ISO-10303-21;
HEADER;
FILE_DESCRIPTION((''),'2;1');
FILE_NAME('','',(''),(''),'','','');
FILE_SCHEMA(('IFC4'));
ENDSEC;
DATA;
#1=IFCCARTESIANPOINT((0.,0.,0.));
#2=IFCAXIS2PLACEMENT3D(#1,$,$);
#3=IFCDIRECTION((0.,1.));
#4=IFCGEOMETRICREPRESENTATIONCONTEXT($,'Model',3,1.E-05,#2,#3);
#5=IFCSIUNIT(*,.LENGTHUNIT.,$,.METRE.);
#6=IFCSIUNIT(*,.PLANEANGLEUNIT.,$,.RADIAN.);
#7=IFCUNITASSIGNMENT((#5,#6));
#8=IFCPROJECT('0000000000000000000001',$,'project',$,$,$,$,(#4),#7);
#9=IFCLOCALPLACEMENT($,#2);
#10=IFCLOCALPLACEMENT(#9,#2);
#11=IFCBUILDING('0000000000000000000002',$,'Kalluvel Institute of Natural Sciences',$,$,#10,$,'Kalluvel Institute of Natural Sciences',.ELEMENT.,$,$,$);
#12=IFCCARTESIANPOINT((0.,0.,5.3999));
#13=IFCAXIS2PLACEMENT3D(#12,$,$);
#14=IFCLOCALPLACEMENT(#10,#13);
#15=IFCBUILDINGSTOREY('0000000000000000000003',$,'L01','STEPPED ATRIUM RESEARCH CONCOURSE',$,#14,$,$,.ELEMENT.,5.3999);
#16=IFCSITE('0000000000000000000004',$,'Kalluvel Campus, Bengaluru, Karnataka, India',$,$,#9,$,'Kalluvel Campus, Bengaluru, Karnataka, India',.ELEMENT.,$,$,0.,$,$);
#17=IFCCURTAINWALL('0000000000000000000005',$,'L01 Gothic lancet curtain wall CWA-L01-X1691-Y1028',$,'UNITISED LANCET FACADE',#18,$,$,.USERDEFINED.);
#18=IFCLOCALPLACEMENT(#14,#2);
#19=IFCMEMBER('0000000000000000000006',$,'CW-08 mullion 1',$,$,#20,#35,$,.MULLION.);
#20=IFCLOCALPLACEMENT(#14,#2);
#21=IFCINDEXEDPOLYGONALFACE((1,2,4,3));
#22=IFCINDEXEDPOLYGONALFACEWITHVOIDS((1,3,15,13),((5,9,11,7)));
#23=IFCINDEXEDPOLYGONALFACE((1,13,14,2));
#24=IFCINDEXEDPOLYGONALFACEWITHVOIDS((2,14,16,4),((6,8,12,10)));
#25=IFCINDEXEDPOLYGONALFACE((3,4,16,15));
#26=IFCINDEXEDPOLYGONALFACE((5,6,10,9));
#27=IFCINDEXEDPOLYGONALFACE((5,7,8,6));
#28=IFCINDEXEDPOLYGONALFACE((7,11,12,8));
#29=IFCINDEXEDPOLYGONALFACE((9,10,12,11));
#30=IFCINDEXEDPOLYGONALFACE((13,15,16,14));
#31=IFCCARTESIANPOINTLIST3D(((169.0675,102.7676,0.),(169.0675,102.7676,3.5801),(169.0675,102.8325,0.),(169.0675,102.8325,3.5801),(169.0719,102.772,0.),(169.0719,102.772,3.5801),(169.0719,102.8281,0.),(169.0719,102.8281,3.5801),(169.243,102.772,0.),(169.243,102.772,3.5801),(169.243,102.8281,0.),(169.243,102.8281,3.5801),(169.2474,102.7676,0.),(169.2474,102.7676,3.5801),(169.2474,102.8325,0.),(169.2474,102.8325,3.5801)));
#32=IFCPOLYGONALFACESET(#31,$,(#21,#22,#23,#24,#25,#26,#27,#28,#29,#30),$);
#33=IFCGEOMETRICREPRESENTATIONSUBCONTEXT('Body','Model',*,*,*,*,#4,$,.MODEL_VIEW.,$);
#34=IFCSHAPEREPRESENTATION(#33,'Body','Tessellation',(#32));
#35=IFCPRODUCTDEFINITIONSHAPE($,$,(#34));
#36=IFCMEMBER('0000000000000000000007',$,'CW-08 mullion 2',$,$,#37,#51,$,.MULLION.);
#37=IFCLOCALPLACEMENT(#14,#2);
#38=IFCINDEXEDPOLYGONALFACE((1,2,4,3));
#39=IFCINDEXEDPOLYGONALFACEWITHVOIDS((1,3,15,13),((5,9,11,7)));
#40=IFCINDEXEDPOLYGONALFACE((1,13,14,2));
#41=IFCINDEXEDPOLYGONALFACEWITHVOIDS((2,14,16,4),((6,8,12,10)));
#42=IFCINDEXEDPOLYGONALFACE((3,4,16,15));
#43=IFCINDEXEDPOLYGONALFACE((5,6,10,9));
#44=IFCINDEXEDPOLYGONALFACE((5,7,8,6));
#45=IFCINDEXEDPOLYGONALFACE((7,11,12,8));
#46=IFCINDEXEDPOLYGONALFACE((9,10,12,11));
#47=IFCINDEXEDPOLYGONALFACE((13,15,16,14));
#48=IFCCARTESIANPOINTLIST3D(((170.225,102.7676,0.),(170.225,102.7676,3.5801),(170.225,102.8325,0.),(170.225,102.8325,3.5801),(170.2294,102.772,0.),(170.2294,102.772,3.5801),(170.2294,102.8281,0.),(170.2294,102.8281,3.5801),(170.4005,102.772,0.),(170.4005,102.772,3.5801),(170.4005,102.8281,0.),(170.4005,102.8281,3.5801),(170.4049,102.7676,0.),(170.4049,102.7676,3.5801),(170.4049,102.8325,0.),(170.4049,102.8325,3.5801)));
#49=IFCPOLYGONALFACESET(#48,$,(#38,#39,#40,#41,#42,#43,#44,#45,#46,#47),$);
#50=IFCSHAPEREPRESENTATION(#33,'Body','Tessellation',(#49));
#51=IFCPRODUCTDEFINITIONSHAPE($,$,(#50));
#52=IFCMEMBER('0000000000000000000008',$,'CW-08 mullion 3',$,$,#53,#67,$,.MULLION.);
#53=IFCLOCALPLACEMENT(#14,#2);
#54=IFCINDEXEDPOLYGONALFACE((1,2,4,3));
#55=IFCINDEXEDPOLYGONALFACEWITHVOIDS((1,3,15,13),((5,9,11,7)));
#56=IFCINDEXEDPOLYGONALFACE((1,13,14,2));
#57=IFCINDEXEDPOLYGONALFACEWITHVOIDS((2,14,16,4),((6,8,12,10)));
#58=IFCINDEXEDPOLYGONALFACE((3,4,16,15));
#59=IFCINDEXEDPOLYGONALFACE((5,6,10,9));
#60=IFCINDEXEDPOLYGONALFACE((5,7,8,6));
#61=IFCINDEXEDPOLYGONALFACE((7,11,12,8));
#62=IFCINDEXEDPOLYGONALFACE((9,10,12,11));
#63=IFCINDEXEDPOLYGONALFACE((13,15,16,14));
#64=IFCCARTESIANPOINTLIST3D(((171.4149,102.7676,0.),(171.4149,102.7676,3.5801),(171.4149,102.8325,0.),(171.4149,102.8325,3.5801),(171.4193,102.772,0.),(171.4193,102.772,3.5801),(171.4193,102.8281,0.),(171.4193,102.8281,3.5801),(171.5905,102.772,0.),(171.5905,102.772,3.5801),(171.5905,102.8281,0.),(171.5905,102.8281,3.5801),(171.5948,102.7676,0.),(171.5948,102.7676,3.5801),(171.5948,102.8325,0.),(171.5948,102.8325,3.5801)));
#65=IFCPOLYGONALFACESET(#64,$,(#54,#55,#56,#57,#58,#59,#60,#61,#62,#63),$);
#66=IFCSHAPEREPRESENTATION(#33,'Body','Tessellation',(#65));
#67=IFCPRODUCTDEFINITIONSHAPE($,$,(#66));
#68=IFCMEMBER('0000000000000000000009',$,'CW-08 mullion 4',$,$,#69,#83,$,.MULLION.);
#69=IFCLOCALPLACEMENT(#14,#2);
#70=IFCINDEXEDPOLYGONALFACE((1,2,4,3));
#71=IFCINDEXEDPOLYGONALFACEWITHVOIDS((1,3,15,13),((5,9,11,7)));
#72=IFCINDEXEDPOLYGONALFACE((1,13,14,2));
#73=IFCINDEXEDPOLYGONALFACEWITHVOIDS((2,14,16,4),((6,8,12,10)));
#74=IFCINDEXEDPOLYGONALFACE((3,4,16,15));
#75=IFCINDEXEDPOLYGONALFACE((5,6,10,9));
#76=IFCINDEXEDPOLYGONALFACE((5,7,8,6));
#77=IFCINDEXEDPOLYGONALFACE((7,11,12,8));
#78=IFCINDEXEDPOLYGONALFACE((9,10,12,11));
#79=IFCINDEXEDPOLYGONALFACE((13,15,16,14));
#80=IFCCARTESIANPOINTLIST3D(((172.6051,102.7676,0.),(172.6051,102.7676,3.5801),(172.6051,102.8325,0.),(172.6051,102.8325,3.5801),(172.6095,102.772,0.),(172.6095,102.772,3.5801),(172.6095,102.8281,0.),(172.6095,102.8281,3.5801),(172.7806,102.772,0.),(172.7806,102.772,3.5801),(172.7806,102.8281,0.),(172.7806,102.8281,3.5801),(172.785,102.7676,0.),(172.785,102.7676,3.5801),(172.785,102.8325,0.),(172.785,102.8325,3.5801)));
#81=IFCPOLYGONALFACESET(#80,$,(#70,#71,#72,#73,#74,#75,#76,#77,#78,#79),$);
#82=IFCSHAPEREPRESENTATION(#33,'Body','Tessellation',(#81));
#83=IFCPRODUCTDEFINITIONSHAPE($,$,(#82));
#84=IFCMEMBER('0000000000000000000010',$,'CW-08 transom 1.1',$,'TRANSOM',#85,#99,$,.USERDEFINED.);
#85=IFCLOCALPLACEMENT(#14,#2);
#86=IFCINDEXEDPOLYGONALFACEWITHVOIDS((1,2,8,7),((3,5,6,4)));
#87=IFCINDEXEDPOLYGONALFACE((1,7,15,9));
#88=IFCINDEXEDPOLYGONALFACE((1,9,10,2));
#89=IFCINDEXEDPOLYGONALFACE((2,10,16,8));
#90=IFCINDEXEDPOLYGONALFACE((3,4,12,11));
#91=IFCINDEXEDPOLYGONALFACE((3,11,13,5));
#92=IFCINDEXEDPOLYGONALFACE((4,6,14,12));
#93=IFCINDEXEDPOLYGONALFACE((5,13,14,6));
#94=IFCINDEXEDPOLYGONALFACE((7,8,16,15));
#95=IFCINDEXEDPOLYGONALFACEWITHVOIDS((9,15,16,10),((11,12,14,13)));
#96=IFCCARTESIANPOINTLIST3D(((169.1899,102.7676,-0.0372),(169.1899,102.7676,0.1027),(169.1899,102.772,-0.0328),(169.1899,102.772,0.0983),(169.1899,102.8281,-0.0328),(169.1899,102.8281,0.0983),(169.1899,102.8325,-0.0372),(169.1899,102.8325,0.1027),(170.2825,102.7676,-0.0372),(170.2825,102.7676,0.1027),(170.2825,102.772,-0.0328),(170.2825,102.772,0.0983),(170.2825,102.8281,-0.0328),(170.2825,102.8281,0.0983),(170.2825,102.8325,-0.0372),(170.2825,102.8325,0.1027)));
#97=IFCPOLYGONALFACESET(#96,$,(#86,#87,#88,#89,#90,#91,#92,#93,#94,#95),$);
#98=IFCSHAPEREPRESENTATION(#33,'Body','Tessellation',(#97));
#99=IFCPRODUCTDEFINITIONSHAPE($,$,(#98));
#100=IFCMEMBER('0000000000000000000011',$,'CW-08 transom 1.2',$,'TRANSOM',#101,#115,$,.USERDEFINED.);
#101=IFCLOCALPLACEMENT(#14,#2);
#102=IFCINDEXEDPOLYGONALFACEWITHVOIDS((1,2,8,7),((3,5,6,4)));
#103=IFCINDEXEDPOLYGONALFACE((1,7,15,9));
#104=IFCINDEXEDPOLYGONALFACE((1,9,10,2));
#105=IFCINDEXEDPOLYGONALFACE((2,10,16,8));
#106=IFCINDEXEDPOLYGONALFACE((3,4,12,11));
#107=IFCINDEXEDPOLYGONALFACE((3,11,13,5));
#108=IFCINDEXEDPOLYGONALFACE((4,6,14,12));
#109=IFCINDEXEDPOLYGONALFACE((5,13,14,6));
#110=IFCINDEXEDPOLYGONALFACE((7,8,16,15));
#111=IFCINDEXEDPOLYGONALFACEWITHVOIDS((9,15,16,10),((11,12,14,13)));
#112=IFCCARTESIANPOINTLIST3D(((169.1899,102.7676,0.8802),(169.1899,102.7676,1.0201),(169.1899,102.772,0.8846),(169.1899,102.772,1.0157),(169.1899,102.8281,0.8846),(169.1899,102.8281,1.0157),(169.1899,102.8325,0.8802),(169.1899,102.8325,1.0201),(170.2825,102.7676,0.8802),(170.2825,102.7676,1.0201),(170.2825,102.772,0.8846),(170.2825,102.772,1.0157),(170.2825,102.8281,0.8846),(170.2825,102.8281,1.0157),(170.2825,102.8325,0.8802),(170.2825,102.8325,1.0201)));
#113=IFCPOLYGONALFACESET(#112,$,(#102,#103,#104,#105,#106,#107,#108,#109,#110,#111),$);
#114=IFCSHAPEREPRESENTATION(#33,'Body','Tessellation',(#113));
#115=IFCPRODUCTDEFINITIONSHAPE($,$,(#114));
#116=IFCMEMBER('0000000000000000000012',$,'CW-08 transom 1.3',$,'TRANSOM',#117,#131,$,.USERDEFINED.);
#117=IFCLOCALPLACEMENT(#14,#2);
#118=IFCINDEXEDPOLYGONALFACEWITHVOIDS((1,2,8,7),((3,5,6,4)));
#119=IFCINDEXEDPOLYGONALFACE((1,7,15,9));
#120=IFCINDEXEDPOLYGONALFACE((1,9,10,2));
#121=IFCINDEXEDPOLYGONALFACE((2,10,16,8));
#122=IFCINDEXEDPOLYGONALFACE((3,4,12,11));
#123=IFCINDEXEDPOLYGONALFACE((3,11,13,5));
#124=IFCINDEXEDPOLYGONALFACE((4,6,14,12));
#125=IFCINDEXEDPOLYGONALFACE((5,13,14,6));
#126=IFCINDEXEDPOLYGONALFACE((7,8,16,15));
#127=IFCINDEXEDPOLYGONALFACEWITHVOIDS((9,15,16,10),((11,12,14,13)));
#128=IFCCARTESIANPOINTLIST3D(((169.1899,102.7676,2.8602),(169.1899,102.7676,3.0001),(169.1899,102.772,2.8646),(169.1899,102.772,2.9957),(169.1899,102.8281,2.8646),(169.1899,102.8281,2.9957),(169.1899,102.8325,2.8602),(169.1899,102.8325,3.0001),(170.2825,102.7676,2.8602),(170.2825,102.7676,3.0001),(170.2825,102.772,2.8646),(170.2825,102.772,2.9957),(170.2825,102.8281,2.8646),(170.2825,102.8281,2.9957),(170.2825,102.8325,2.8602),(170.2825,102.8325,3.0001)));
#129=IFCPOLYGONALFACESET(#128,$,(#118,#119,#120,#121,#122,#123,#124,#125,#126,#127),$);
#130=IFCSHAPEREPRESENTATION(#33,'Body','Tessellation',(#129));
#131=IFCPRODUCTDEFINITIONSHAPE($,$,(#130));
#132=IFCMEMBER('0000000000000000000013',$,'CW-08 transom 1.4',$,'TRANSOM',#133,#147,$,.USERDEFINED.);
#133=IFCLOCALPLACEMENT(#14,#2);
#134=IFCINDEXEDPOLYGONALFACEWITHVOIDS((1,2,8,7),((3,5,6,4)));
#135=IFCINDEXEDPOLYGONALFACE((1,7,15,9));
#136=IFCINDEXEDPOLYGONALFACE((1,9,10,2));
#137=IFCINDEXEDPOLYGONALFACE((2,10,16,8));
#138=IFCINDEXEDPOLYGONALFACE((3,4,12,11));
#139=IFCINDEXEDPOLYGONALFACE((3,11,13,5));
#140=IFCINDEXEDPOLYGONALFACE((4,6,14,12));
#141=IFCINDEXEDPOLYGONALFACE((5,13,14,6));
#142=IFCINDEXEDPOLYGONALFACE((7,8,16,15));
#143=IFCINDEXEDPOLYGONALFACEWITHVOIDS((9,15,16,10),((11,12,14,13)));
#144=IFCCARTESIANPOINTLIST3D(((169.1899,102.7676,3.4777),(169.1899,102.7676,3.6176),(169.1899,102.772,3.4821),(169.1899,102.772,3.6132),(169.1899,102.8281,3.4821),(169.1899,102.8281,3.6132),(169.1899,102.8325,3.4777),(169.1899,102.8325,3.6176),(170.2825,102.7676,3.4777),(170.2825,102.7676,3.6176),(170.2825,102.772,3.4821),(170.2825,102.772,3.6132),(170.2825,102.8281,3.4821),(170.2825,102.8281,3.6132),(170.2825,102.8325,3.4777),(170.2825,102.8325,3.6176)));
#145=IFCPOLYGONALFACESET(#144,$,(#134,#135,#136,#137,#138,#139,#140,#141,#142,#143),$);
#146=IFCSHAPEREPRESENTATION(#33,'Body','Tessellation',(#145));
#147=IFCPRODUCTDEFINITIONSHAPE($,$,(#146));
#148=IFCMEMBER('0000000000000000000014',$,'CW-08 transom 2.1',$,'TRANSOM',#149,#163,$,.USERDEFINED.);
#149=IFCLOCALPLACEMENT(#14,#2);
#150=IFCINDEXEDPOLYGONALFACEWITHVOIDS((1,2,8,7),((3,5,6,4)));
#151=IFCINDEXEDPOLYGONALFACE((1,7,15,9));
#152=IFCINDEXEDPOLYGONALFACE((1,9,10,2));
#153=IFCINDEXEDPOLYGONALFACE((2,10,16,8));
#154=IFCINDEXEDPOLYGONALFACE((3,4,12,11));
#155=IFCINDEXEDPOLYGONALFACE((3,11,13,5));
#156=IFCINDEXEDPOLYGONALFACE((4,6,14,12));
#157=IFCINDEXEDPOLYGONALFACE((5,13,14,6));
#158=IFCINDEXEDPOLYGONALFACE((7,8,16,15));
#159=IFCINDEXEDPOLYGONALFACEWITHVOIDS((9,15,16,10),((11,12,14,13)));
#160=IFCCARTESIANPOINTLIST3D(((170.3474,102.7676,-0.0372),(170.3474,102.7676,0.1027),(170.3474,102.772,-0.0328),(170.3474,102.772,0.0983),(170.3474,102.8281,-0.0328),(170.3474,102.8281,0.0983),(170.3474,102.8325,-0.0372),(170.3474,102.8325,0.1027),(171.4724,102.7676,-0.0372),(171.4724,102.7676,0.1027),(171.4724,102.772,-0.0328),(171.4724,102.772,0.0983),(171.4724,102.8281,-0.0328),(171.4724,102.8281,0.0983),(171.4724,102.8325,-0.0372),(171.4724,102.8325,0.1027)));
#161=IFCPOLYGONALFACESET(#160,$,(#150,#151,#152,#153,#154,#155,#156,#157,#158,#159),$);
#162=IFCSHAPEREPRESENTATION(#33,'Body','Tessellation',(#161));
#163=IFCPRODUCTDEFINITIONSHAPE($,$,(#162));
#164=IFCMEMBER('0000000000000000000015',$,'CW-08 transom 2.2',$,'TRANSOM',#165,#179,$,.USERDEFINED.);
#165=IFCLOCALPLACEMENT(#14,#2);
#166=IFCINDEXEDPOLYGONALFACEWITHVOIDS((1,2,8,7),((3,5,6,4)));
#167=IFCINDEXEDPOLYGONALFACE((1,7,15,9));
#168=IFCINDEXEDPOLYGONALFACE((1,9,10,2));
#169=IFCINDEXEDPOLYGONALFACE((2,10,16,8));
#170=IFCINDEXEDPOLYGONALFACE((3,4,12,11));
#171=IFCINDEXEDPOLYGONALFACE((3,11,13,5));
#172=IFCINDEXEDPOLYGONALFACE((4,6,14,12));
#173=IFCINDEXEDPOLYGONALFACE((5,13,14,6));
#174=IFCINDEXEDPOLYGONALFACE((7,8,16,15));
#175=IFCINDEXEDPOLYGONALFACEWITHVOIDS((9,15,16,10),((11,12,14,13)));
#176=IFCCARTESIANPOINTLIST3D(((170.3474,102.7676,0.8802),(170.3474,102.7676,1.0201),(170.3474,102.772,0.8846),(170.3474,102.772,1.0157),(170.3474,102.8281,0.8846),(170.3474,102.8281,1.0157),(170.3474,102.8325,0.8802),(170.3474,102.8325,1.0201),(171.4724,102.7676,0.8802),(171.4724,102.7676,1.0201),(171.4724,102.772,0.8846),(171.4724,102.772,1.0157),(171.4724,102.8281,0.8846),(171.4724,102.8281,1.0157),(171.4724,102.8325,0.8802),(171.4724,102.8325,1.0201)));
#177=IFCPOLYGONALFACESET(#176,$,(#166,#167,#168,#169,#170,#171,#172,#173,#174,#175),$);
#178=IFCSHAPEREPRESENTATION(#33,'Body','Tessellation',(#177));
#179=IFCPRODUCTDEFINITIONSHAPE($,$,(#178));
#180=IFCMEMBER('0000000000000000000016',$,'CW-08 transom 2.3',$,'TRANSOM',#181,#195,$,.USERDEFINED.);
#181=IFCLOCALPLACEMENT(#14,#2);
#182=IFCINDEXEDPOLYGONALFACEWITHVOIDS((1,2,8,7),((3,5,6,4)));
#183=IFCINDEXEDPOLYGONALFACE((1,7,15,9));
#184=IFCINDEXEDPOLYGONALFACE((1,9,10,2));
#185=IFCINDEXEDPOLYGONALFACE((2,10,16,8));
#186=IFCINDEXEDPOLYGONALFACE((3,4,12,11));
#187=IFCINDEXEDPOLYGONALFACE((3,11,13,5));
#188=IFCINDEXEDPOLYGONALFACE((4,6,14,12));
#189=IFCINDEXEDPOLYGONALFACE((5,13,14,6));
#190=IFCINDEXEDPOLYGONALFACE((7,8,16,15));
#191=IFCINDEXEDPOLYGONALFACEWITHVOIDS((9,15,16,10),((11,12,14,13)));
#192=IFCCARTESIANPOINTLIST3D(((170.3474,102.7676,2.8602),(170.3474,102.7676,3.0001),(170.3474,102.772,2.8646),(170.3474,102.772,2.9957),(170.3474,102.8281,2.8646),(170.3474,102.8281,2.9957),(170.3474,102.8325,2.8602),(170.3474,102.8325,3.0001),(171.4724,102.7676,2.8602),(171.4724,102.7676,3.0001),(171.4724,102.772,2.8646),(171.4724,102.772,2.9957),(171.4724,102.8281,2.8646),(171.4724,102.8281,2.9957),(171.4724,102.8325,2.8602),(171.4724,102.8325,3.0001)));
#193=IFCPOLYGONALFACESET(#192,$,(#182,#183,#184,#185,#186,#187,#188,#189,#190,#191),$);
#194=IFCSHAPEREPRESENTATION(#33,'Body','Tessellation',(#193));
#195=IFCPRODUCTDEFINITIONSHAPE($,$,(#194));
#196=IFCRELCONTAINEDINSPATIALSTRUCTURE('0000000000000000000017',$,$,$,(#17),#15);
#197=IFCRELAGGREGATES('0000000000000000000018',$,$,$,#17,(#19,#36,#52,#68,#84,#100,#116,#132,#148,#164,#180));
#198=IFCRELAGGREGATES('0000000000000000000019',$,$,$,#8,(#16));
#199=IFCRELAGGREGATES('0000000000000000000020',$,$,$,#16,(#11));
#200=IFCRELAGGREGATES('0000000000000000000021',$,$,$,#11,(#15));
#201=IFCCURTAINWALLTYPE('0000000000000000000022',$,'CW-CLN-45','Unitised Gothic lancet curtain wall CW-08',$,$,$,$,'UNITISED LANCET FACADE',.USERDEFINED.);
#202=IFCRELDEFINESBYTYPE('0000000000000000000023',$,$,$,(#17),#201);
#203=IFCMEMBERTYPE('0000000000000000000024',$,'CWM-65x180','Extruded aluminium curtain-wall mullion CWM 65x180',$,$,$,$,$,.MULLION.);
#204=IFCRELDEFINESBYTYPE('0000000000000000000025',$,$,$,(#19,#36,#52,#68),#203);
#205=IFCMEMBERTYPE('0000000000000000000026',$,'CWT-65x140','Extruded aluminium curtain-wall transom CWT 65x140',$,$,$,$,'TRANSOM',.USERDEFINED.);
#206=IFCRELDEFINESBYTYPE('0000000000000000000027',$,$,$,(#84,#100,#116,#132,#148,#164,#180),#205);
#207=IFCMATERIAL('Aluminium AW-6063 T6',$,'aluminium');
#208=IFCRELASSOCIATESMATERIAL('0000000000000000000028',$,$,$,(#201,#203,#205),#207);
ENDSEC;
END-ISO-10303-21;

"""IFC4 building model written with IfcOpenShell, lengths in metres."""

from ifc_helpers import new_model, si_unit, direction, frame, origin, origin_2d, place, context, subcontext, project, spatial, hollow_rectangle, extrude, material, material_profile, profile_set, type_object, element, aggregate, save


model = new_model("IFC4")

# Units and contexts
model_context = context("Model", 3, precision=1e-05, world=origin(), true_north=direction((0.0, 1.0)))
body_context = subcontext(model_context, "Body", "Model", "MODEL_VIEW")
ifc_project = project(units=[si_unit("LENGTHUNIT", "METRE"), si_unit("PLANEANGLEUNIT", "RADIAN")], contexts=[model_context])

# Site, building, storey
site_placement = place(None, origin())
site = spatial("IfcSite", under=ifc_project, at=site_placement, Name="Kalluvel Campus, Bengaluru, Karnataka, India", LongName="Kalluvel Campus, Bengaluru, Karnataka, India", CompositionType="ELEMENT", RefElevation=0.0)
building_placement = place(site_placement, origin())
building = spatial("IfcBuilding", under=site, at=building_placement, Name="Kalluvel Institute of Natural Sciences", LongName="Kalluvel Institute of Natural Sciences", CompositionType="ELEMENT")
storey_placement = place(building_placement, frame((0.0, 0.0, 5.3999)))
storey = spatial("IfcBuildingStorey", under=building, at=storey_placement, Name="L01", Description="STEPPED ATRIUM RESEARCH CONCOURSE", CompositionType="ELEMENT", Elevation=5.3999)

# Curtain wall, members
ifc_material_1 = material(Name="Aluminium AW-6063 T6", Category="aluminium")
curtain_wall_type = type_object("IfcCurtainWallType", Name="CW-CLN-45", Description="Unitised Gothic lancet curtain wall CW-08", ElementType="UNITISED LANCET FACADE", PredefinedType="USERDEFINED", material=ifc_material_1)
curtain_wall_placement = place(storey_placement, origin())
curtain_wall = element("IfcCurtainWall", 1, at=curtain_wall_placement, inside=storey, type_object=curtain_wall_type, Name="L01 Gothic lancet curtain wall CWA-L01-X1691-Y1028", ObjectType="UNITISED LANCET FACADE", PredefinedType="USERDEFINED")
ifc_material_profile_1 = material_profile(ifc_material_1, hollow_rectangle(XDim=0.0649, YDim=0.1799, WallThickness=0.0044, at=origin_2d()), Name="CWM 65x180")
ifc_profile_set_1 = profile_set([ifc_material_profile_1], Name="Aluminium AW-6063 T6")
member_type_1 = type_object("IfcMemberType", Name="CWM-65x180", Description="Extruded aluminium curtain-wall mullion CWM 65x180", PredefinedType="MULLION", material=ifc_profile_set_1)
member_1_placement = place(storey_placement, frame((169.1575, 102.8, 0.0), z_axis=(0.0, 0.0, 1.0), x_axis=(0.0, 1.0, 0.0)))
member_1 = element("IfcMember", 2, at=member_1_placement, type_object=member_type_1, Name="CW-08 mullion 1", PredefinedType="MULLION", context=body_context, shape_type="SweptSolid", body=[
    extrude(hollow_rectangle(XDim=0.0649, YDim=0.1799, WallThickness=0.0044, at=origin_2d()), origin(), (0.0, 0.0, 1.0), 3.5801),
])
member_2_placement = place(storey_placement, frame((170.3149, 102.8, 0.0), z_axis=(0.0, 0.0, 1.0), x_axis=(0.0, 1.0, 0.0)))
member_2 = element("IfcMember", 3, at=member_2_placement, type_object=member_type_1, Name="CW-08 mullion 2", PredefinedType="MULLION", context=body_context, shape_type="SweptSolid", body=[
    extrude(hollow_rectangle(XDim=0.0649, YDim=0.1799, WallThickness=0.0044, at=origin_2d()), origin(), (0.0, 0.0, 1.0), 3.5801),
])
member_3_placement = place(storey_placement, frame((171.5049, 102.8, 0.0), z_axis=(0.0, 0.0, 1.0), x_axis=(0.0, 1.0, 0.0)))
member_3 = element("IfcMember", 4, at=member_3_placement, type_object=member_type_1, Name="CW-08 mullion 3", PredefinedType="MULLION", context=body_context, shape_type="SweptSolid", body=[
    extrude(hollow_rectangle(XDim=0.0649, YDim=0.1799, WallThickness=0.0044, at=origin_2d()), origin(), (0.0, 0.0, 1.0), 3.5801),
])
member_4_placement = place(storey_placement, frame((172.6951, 102.8, 0.0), z_axis=(0.0, 0.0, 1.0), x_axis=(0.0, 1.0, 0.0)))
member_4 = element("IfcMember", 5, at=member_4_placement, type_object=member_type_1, Name="CW-08 mullion 4", PredefinedType="MULLION", context=body_context, shape_type="SweptSolid", body=[
    extrude(hollow_rectangle(XDim=0.0649, YDim=0.1799, WallThickness=0.0044, at=origin_2d()), origin(), (0.0, 0.0, 1.0), 3.5801),
])
ifc_material_profile_2 = material_profile(ifc_material_1, hollow_rectangle(XDim=0.0649, YDim=0.1399, WallThickness=0.0044, at=origin_2d()), Name="CWT 65x140")
ifc_profile_set_2 = profile_set([ifc_material_profile_2], Name="Aluminium AW-6063 T6")
member_type_2 = type_object("IfcMemberType", Name="CWT-65x140", Description="Extruded aluminium curtain-wall transom CWT 65x140", ElementType="TRANSOM", PredefinedType="USERDEFINED", material=ifc_profile_set_2)
member_5_placement = place(storey_placement, frame((169.1899, 102.8, 0.0327), z_axis=(1.0, 0.0, 0.0), x_axis=(0.0, 1.0, 0.0)))
member_5 = element("IfcMember", 6, at=member_5_placement, type_object=member_type_2, Name="CW-08 transom 1.1", ObjectType="TRANSOM", PredefinedType="USERDEFINED", context=body_context, shape_type="SweptSolid", body=[
    extrude(hollow_rectangle(XDim=0.0649, YDim=0.1399, WallThickness=0.0044, at=origin_2d()), origin(), (0.0, 0.0, 1.0), 1.0925),
])
member_6_placement = place(storey_placement, frame((169.1899, 102.8, 0.9502), z_axis=(1.0, 0.0, 0.0), x_axis=(0.0, 1.0, 0.0)))
member_6 = element("IfcMember", 7, at=member_6_placement, type_object=member_type_2, Name="CW-08 transom 1.2", ObjectType="TRANSOM", PredefinedType="USERDEFINED", context=body_context, shape_type="SweptSolid", body=[
    extrude(hollow_rectangle(XDim=0.0649, YDim=0.1399, WallThickness=0.0044, at=origin_2d()), origin(), (0.0, 0.0, 1.0), 1.0925),
])
member_7_placement = place(storey_placement, frame((169.1899, 102.8, 2.9302), z_axis=(1.0, 0.0, 0.0), x_axis=(0.0, 1.0, 0.0)))
member_7 = element("IfcMember", 8, at=member_7_placement, type_object=member_type_2, Name="CW-08 transom 1.3", ObjectType="TRANSOM", PredefinedType="USERDEFINED", context=body_context, shape_type="SweptSolid", body=[
    extrude(hollow_rectangle(XDim=0.0649, YDim=0.1399, WallThickness=0.0044, at=origin_2d()), origin(), (0.0, 0.0, 1.0), 1.0925),
])
member_8_placement = place(storey_placement, frame((169.1899, 102.8, 3.5476), z_axis=(1.0, 0.0, 0.0), x_axis=(0.0, 1.0, 0.0)))
member_8 = element("IfcMember", 9, at=member_8_placement, type_object=member_type_2, Name="CW-08 transom 1.4", ObjectType="TRANSOM", PredefinedType="USERDEFINED", context=body_context, shape_type="SweptSolid", body=[
    extrude(hollow_rectangle(XDim=0.0649, YDim=0.1399, WallThickness=0.0044, at=origin_2d()), origin(), (0.0, 0.0, 1.0), 1.0925),
])
member_9_placement = place(storey_placement, frame((170.3474, 102.8, 0.0327), z_axis=(1.0, 0.0, 0.0), x_axis=(0.0, 1.0, 0.0)))
member_9 = element("IfcMember", 10, at=member_9_placement, type_object=member_type_2, Name="CW-08 transom 2.1", ObjectType="TRANSOM", PredefinedType="USERDEFINED", context=body_context, shape_type="SweptSolid", body=[
    extrude(hollow_rectangle(XDim=0.0649, YDim=0.1399, WallThickness=0.0044, at=origin_2d()), origin(), (0.0, 0.0, 1.0), 1.125),
])
member_10_placement = place(storey_placement, frame((170.3474, 102.8, 0.9502), z_axis=(1.0, 0.0, 0.0), x_axis=(0.0, 1.0, 0.0)))
member_10 = element("IfcMember", 11, at=member_10_placement, type_object=member_type_2, Name="CW-08 transom 2.2", ObjectType="TRANSOM", PredefinedType="USERDEFINED", context=body_context, shape_type="SweptSolid", body=[
    extrude(hollow_rectangle(XDim=0.0649, YDim=0.1399, WallThickness=0.0044, at=origin_2d()), origin(), (0.0, 0.0, 1.0), 1.125),
])
member_11_placement = place(storey_placement, frame((170.3474, 102.8, 2.9302), z_axis=(1.0, 0.0, 0.0), x_axis=(0.0, 1.0, 0.0)))
member_11 = element("IfcMember", 12, at=member_11_placement, type_object=member_type_2, Name="CW-08 transom 2.3", ObjectType="TRANSOM", PredefinedType="USERDEFINED", context=body_context, shape_type="SweptSolid", body=[
    extrude(hollow_rectangle(XDim=0.0649, YDim=0.1399, WallThickness=0.0044, at=origin_2d()), origin(), (0.0, 0.0, 1.0), 1.125),
])
aggregate(curtain_wall, [member_1, member_2, member_3, member_4, member_5, member_6, member_7, member_8, member_9, member_10, member_11])

save(model, "model.ifc")
